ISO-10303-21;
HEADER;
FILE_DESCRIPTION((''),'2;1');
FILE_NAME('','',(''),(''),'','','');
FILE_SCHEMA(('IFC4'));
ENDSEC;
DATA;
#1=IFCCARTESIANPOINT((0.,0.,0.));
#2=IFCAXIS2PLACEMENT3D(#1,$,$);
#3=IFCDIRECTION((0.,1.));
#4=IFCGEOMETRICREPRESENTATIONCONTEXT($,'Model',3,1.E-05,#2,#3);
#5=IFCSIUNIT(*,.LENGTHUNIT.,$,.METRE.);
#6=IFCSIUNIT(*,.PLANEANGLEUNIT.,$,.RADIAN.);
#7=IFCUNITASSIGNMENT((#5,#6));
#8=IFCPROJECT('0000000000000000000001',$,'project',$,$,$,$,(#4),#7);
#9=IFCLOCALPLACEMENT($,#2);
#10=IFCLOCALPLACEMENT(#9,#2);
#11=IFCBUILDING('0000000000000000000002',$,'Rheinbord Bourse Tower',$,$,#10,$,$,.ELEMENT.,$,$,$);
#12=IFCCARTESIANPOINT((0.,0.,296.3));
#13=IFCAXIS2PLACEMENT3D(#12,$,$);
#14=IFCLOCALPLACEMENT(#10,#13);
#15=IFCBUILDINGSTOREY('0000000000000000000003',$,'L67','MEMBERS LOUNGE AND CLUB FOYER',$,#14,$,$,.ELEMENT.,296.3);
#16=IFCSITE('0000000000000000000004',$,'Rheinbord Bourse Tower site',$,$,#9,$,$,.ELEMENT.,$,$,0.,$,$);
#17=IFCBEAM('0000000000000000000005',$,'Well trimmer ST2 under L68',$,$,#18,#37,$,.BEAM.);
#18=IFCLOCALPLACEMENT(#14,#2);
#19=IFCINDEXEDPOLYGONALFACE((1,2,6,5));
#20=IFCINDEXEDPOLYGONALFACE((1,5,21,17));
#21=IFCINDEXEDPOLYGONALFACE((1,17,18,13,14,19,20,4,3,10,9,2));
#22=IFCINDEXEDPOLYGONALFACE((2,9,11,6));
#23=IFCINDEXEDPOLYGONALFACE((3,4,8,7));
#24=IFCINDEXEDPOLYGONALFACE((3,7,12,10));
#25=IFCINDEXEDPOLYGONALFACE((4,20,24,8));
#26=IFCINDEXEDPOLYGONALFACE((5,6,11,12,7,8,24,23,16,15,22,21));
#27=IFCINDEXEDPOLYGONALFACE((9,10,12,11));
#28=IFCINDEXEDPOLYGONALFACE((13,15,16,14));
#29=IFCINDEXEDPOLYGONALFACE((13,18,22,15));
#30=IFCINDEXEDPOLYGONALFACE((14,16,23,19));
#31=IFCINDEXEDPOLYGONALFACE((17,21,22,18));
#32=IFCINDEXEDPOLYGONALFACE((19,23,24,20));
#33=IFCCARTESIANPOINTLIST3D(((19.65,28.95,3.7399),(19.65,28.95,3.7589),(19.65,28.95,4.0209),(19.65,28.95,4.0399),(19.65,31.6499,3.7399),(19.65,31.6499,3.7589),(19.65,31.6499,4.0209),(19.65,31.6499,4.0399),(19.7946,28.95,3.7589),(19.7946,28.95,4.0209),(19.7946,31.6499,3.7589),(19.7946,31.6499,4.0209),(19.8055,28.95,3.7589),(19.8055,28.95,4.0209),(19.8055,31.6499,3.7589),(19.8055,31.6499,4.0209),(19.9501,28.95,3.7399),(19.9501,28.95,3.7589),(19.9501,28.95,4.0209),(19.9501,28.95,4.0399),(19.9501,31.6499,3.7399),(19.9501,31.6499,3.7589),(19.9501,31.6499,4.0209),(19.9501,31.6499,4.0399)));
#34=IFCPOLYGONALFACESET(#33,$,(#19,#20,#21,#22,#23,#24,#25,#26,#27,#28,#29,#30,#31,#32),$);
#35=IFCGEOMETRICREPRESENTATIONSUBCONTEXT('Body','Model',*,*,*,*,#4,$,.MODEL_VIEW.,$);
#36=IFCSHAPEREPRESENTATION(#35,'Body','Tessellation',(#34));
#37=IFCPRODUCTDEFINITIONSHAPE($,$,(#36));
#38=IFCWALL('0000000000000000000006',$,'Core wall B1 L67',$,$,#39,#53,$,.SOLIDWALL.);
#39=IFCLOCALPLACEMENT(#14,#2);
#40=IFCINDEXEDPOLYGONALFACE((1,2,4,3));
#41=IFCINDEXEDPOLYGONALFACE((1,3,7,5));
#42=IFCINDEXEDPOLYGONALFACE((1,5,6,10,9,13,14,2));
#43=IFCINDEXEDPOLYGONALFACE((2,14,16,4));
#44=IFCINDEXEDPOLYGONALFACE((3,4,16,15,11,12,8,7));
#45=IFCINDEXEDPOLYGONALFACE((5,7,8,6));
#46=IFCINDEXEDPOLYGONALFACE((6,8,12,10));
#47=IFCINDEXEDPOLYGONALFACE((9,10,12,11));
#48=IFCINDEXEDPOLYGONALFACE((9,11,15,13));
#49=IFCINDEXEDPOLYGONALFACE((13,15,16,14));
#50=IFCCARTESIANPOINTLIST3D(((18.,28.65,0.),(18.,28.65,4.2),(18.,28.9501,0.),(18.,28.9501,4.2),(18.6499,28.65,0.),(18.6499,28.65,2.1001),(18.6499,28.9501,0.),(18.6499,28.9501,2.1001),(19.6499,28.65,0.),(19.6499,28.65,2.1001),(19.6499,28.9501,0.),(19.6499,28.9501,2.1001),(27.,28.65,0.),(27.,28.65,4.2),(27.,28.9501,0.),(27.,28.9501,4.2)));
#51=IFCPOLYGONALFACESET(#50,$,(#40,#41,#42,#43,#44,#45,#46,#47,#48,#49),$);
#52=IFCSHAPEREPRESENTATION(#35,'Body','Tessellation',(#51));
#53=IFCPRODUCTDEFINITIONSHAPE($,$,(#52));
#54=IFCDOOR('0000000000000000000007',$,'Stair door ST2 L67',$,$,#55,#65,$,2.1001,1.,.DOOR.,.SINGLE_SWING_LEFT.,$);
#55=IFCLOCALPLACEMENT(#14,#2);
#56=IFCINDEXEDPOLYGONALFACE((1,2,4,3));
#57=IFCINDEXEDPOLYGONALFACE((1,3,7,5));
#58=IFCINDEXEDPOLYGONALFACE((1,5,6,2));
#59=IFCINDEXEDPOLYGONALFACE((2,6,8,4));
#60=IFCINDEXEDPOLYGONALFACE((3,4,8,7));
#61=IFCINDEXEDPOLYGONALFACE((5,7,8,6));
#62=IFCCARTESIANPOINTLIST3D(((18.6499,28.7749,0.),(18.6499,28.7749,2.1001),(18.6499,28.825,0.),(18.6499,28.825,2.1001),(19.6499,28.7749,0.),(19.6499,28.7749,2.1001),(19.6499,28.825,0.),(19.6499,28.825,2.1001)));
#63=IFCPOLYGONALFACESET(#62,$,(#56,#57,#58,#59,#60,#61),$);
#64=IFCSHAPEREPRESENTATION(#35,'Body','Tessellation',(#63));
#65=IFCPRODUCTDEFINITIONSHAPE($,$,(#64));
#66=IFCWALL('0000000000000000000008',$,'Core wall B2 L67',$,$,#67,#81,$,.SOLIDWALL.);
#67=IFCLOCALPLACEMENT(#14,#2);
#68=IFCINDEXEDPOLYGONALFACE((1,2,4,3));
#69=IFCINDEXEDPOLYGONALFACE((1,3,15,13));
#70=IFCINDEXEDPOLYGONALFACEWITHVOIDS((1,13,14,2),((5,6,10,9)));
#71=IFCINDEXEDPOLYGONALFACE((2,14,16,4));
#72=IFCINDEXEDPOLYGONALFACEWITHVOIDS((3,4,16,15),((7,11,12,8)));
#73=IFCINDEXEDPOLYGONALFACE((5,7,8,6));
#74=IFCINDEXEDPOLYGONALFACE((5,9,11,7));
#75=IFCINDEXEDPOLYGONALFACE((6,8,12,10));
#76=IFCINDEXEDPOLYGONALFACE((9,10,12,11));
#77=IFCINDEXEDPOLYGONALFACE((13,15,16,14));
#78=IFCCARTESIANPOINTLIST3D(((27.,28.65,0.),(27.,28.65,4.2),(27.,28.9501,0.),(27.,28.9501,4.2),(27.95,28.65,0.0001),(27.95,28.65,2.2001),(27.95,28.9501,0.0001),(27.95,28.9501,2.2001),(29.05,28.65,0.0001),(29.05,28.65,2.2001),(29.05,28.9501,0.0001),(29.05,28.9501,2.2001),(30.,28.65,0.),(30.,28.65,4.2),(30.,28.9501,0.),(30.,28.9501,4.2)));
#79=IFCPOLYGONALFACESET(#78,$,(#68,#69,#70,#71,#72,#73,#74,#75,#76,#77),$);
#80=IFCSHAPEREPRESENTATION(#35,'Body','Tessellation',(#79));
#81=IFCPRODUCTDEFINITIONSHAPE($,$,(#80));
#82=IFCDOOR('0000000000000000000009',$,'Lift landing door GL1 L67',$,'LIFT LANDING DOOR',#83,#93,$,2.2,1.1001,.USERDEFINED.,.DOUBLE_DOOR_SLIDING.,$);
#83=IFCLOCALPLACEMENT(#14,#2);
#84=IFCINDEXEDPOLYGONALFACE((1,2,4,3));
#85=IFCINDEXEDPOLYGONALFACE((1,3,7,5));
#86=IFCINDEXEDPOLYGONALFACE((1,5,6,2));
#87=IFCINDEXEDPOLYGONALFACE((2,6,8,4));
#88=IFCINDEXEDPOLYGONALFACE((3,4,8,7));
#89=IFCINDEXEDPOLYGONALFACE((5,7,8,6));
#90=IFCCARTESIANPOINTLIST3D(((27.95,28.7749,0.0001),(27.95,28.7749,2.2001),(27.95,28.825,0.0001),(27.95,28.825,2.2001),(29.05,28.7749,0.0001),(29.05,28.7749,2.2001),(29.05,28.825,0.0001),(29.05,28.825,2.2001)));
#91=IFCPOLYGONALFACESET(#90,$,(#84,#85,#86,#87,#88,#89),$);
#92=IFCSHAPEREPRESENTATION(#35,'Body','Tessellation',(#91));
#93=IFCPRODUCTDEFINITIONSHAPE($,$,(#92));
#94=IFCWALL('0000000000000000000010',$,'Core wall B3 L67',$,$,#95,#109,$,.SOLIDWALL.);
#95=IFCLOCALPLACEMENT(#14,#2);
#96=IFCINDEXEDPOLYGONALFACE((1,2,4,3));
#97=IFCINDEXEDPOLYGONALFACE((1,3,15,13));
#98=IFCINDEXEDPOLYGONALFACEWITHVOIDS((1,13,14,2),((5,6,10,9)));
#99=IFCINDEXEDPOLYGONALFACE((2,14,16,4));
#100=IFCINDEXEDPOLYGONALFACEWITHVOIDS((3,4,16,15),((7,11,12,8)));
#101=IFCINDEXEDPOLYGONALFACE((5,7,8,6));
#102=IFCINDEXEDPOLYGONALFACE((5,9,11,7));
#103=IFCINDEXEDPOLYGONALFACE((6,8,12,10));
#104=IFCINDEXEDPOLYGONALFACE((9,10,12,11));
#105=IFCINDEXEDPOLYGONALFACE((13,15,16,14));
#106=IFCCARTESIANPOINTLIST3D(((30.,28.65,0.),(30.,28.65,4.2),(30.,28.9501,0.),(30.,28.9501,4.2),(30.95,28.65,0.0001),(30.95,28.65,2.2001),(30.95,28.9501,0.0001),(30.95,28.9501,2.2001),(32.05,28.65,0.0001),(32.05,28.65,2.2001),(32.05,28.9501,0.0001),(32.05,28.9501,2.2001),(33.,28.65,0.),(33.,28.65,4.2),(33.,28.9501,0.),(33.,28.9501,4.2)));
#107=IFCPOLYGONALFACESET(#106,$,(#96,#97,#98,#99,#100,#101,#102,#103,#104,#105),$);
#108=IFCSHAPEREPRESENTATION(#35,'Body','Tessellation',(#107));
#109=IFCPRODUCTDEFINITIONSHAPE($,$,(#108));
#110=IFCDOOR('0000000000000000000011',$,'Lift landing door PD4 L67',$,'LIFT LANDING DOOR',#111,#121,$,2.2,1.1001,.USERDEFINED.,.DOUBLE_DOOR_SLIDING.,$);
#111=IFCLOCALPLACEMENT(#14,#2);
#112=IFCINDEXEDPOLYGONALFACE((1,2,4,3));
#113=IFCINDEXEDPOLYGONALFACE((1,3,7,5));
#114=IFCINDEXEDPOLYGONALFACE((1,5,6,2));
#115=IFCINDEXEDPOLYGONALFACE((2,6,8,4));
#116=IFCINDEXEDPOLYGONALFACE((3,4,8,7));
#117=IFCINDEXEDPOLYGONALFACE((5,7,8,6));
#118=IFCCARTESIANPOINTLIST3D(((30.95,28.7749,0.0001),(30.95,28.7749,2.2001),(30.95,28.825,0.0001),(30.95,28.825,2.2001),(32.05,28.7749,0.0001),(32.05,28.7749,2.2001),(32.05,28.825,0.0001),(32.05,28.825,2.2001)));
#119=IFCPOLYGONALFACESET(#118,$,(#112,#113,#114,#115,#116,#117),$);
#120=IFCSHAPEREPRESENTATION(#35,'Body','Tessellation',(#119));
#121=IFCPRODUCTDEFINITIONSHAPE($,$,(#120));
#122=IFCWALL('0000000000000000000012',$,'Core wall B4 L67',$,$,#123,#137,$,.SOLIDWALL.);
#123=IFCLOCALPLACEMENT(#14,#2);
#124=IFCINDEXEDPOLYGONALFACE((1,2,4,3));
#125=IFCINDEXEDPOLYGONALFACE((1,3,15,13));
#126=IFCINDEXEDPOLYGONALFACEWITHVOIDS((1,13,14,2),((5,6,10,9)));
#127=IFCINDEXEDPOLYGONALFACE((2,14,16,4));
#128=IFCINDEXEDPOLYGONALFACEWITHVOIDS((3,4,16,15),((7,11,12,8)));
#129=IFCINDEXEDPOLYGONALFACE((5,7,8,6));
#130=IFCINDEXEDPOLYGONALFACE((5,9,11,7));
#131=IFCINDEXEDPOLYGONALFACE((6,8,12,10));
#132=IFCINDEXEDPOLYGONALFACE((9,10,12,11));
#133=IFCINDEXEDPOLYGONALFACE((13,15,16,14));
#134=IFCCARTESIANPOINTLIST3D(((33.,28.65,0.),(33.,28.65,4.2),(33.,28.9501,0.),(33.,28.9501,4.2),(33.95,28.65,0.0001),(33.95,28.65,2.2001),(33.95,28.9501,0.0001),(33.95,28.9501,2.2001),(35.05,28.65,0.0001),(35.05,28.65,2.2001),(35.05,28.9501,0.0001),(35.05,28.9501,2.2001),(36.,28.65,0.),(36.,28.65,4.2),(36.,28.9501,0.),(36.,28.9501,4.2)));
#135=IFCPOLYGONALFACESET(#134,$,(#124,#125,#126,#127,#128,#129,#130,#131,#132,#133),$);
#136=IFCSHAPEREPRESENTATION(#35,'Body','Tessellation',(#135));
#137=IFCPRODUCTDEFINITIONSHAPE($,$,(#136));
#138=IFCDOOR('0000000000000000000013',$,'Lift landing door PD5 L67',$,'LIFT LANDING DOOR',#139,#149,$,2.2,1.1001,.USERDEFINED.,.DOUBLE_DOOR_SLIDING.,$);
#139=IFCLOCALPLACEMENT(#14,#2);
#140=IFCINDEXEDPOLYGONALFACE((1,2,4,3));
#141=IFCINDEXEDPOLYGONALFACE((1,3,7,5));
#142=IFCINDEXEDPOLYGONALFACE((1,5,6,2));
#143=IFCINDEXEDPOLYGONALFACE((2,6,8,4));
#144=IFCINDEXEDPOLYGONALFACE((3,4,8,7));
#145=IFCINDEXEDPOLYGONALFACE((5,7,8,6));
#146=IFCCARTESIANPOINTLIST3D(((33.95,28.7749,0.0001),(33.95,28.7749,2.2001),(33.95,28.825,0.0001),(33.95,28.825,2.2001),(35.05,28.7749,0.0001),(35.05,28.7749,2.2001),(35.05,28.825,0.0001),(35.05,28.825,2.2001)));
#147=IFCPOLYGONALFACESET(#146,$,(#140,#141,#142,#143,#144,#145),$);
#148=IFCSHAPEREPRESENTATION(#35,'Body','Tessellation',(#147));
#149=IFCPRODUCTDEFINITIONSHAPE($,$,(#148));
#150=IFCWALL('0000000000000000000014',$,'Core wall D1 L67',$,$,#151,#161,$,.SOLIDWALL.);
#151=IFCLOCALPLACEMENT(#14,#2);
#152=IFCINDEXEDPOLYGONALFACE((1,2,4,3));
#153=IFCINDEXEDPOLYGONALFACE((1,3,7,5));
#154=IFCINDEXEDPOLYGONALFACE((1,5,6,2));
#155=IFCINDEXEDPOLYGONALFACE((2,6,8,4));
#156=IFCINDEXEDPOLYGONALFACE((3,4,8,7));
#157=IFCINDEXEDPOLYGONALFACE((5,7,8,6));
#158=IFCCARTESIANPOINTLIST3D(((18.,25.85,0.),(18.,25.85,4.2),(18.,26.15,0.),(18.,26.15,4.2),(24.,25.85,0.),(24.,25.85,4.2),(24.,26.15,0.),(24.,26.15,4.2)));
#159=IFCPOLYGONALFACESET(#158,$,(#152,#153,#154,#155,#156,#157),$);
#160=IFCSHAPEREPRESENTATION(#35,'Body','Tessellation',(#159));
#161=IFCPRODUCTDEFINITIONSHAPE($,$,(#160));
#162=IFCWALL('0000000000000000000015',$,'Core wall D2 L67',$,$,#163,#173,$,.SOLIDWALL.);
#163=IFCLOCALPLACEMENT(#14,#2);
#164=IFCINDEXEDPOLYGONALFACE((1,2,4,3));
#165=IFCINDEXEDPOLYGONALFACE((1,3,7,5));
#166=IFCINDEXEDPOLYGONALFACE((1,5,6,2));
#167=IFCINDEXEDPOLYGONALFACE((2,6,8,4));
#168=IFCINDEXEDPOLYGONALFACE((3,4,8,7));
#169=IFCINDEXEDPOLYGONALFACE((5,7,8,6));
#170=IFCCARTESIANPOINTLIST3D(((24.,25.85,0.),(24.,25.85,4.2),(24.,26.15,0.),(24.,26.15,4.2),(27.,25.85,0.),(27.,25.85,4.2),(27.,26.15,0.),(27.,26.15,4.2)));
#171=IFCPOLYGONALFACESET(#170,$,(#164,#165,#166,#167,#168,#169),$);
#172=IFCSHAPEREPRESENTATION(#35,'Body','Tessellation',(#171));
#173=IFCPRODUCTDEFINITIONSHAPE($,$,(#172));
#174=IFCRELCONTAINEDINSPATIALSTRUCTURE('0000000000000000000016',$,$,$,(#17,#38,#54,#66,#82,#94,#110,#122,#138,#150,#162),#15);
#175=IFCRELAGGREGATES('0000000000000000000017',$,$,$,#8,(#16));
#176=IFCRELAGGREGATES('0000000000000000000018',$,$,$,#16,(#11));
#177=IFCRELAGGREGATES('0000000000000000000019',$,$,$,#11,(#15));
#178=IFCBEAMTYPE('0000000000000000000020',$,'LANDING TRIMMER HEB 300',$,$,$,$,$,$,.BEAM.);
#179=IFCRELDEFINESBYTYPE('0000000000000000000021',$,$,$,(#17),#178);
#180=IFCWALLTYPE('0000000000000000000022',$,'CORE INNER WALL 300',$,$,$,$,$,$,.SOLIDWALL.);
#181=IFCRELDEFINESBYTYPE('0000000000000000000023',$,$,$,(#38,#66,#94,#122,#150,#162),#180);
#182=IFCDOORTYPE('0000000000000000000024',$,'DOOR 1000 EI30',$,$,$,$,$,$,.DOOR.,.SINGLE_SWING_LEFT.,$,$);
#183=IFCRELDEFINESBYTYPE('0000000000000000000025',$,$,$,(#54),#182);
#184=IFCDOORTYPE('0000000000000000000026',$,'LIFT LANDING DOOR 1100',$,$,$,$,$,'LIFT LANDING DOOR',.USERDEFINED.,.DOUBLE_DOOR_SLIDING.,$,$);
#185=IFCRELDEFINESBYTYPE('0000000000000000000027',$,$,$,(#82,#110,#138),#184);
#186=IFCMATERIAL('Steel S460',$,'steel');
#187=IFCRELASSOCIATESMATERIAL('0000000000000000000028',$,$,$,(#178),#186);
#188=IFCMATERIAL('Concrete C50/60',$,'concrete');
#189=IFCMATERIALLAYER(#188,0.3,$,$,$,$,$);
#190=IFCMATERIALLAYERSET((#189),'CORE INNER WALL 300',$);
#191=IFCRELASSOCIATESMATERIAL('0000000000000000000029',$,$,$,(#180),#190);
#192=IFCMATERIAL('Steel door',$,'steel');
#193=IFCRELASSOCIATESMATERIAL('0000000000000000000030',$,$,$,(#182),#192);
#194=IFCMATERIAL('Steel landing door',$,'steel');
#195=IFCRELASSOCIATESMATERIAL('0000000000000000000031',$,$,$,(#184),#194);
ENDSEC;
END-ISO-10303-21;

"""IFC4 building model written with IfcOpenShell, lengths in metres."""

from ifc_helpers import new_model, si_unit, direction, frame, frame_2d, origin, origin_2d, place, context, subcontext, project, spatial, rectangle, i_section, extrude, material, layer, layer_set, material_profile, profile_set, type_object, element, fill, save


model = new_model("IFC4")

# Units and contexts
model_context = context("Model", 3, precision=1e-05, world=origin(), true_north=direction((0.0, 1.0)))
body_context = subcontext(model_context, "Body", "Model", "MODEL_VIEW")
ifc_project = project(units=[si_unit("LENGTHUNIT", "METRE"), si_unit("PLANEANGLEUNIT", "RADIAN")], contexts=[model_context])

# Site, building, storey
site_placement = place(None, origin())
site = spatial("IfcSite", under=ifc_project, at=site_placement, Name="Rheinbord Bourse Tower site", CompositionType="ELEMENT", RefElevation=0.0)
building_placement = place(site_placement, origin())
building = spatial("IfcBuilding", under=site, at=building_placement, Name="Rheinbord Bourse Tower", CompositionType="ELEMENT")
storey_placement = place(building_placement, frame((0.0, 0.0, 296.3)))
storey = spatial("IfcBuildingStorey", under=building, at=storey_placement, Name="L67", Description="MEMBERS LOUNGE AND CLUB FOYER", CompositionType="ELEMENT", Elevation=296.3)

# Beam
ifc_material_1 = material(Name="Steel S460", Category="steel")
ifc_material_profile = material_profile(ifc_material_1, i_section(OverallWidth=0.3, OverallDepth=0.3, WebThickness=0.011, FlangeThickness=0.019, at=origin_2d()), Name="HEB 300")
ifc_profile_set = profile_set([ifc_material_profile], Name="Steel S460")
beam_type = type_object("IfcBeamType", Name="LANDING TRIMMER HEB 300", PredefinedType="BEAM", material=ifc_profile_set)
beam_placement = place(storey_placement, frame((19.8, 28.95, 3.8899), z_axis=(0.0, 1.0, 0.0), x_axis=(-1.0, 0.0, 0.0)))
element("IfcBeam", 1, at=beam_placement, inside=storey, type_object=beam_type, Name="Well trimmer ST2 under L68", PredefinedType="BEAM", context=body_context, shape_type="SweptSolid", body=[
    extrude(i_section(OverallWidth=0.3, OverallDepth=0.3, WebThickness=0.011, FlangeThickness=0.019, at=origin_2d()), origin(), (0.0, 0.0, 1.0), 2.7),
])

# Walls, openings, doors
ifc_material_2 = material(Name="Concrete C50/60", Category="concrete")
ifc_layer_1 = layer(ifc_material_2, 0.3)
ifc_layer_set_1 = layer_set([ifc_layer_1], Name="CORE INNER WALL 300")
wall_type_1 = type_object("IfcWallType", Name="CORE INNER WALL 300", PredefinedType="SOLIDWALL", material=ifc_layer_set_1)
wall_1_placement = place(storey_placement, frame((18.0, 28.8, 0.0), z_axis=(0.0, 0.0, 1.0), x_axis=(1.0, 0.0, 0.0)))
wall_1 = element("IfcWall", 2, at=wall_1_placement, inside=storey, type_object=wall_type_1, Name="Core wall B1 L67", PredefinedType="SOLIDWALL", context=body_context, shape_type="SweptSolid", body=[
    extrude(rectangle(XDim=9.0, YDim=0.3, at=frame_2d((4.5, 0.0))), origin(), (0.0, 0.0, 1.0), 4.2),
])
opening_1_placement = place(wall_1_placement, frame((0.6499, 0.0, 0.0)))
opening_1 = element("IfcOpeningElement", 3, at=opening_1_placement, cuts=wall_1, PredefinedType="OPENING", context=body_context, shape_type="SweptSolid", body=[
    extrude(rectangle(XDim=1.0, YDim=2.1001, at=frame_2d((0.5, 1.05))), frame((0.0, 0.1599, 0.0), z_axis=(0.0, -1.0, 0.0), x_axis=(1.0, 0.0, 0.0)), (0.0, 0.0, 1.0), 0.3201),
])
ifc_material_3 = material(Name="Steel door", Category="steel")
door_type_1 = type_object("IfcDoorType", Name="DOOR 1000 EI30", OperationType="SINGLE_SWING_LEFT", PredefinedType="DOOR", material=ifc_material_3)
door_1_placement = place(opening_1_placement, origin())
door_1 = element("IfcDoor", 4, at=door_1_placement, inside=storey, type_object=door_type_1, Name="Stair door ST2 L67", OperationType="SINGLE_SWING_LEFT", OverallHeight=2.1001, OverallWidth=1.0, PredefinedType="DOOR", context=body_context, shape_type="SweptSolid", body=[
    extrude(rectangle(XDim=1.0, YDim=2.1001, at=frame_2d((0.5, 1.05))), frame((0.0, 0.0249, 0.0), z_axis=(0.0, -1.0, 0.0), x_axis=(1.0, 0.0, 0.0)), (0.0, 0.0, 1.0), 0.05),
])
fill(opening_1, door_1)
wall_2_placement = place(storey_placement, frame((27.0, 28.8, 0.0), z_axis=(0.0, 0.0, 1.0), x_axis=(1.0, 0.0, 0.0)))
wall_2 = element("IfcWall", 5, at=wall_2_placement, inside=storey, type_object=wall_type_1, Name="Core wall B2 L67", PredefinedType="SOLIDWALL", context=body_context, shape_type="SweptSolid", body=[
    extrude(rectangle(XDim=3.0, YDim=0.3, at=frame_2d((1.5, 0.0))), origin(), (0.0, 0.0, 1.0), 4.2),
])
opening_2_placement = place(wall_2_placement, frame((0.95, 0.0, 0.0)))
opening_2 = element("IfcOpeningElement", 6, at=opening_2_placement, cuts=wall_2, PredefinedType="OPENING", context=body_context, shape_type="SweptSolid", body=[
    extrude(rectangle(XDim=1.1001, YDim=2.2, at=frame_2d((0.55, 1.1001))), frame((0.0, 0.1599, 0.0), z_axis=(0.0, -1.0, 0.0), x_axis=(1.0, 0.0, 0.0)), (0.0, 0.0, 1.0), 0.3201),
])
ifc_material_4 = material(Name="Steel landing door", Category="steel")
door_type_2 = type_object("IfcDoorType", Name="LIFT LANDING DOOR 1100", ElementType="LIFT LANDING DOOR", OperationType="DOUBLE_DOOR_SLIDING", PredefinedType="USERDEFINED", material=ifc_material_4)
door_2_placement = place(opening_2_placement, origin())
door_2 = element("IfcDoor", 7, at=door_2_placement, inside=storey, type_object=door_type_2, Name="Lift landing door GL1 L67", ObjectType="LIFT LANDING DOOR", OperationType="DOUBLE_DOOR_SLIDING", OverallHeight=2.2, OverallWidth=1.1001, PredefinedType="USERDEFINED", context=body_context, shape_type="SweptSolid", body=[
    extrude(rectangle(XDim=1.1001, YDim=2.2, at=frame_2d((0.55, 1.1001))), frame((0.0, 0.0249, 0.0), z_axis=(0.0, -1.0, 0.0), x_axis=(1.0, 0.0, 0.0)), (0.0, 0.0, 1.0), 0.05),
])
fill(opening_2, door_2)
wall_3_placement = place(storey_placement, frame((30.0, 28.8, 0.0), z_axis=(0.0, 0.0, 1.0), x_axis=(1.0, 0.0, 0.0)))
wall_3 = element("IfcWall", 8, at=wall_3_placement, inside=storey, type_object=wall_type_1, Name="Core wall B3 L67", PredefinedType="SOLIDWALL", context=body_context, shape_type="SweptSolid", body=[
    extrude(rectangle(XDim=3.0, YDim=0.3, at=frame_2d((1.5, 0.0))), origin(), (0.0, 0.0, 1.0), 4.2),
])
opening_3_placement = place(wall_3_placement, frame((0.95, 0.0, 0.0)))
opening_3 = element("IfcOpeningElement", 9, at=opening_3_placement, cuts=wall_3, PredefinedType="OPENING", context=body_context, shape_type="SweptSolid", body=[
    extrude(rectangle(XDim=1.1001, YDim=2.2, at=frame_2d((0.55, 1.1001))), frame((0.0, 0.1599, 0.0), z_axis=(0.0, -1.0, 0.0), x_axis=(1.0, 0.0, 0.0)), (0.0, 0.0, 1.0), 0.3201),
])
door_3_placement = place(opening_3_placement, origin())
door_3 = element("IfcDoor", 10, at=door_3_placement, inside=storey, type_object=door_type_2, Name="Lift landing door PD4 L67", ObjectType="LIFT LANDING DOOR", OperationType="DOUBLE_DOOR_SLIDING", OverallHeight=2.2, OverallWidth=1.1001, PredefinedType="USERDEFINED", context=body_context, shape_type="SweptSolid", body=[
    extrude(rectangle(XDim=1.1001, YDim=2.2, at=frame_2d((0.55, 1.1001))), frame((0.0, 0.0249, 0.0), z_axis=(0.0, -1.0, 0.0), x_axis=(1.0, 0.0, 0.0)), (0.0, 0.0, 1.0), 0.05),
])
fill(opening_3, door_3)
wall_4_placement = place(storey_placement, frame((33.0, 28.8, 0.0), z_axis=(0.0, 0.0, 1.0), x_axis=(1.0, 0.0, 0.0)))
wall_4 = element("IfcWall", 11, at=wall_4_placement, inside=storey, type_object=wall_type_1, Name="Core wall B4 L67", PredefinedType="SOLIDWALL", context=body_context, shape_type="SweptSolid", body=[
    extrude(rectangle(XDim=3.0, YDim=0.3, at=frame_2d((1.5, 0.0))), origin(), (0.0, 0.0, 1.0), 4.2),
])
opening_4_placement = place(wall_4_placement, frame((0.95, 0.0, 0.0)))
opening_4 = element("IfcOpeningElement", 12, at=opening_4_placement, cuts=wall_4, PredefinedType="OPENING", context=body_context, shape_type="SweptSolid", body=[
    extrude(rectangle(XDim=1.1001, YDim=2.2, at=frame_2d((0.55, 1.1001))), frame((0.0, 0.1599, 0.0), z_axis=(0.0, -1.0, 0.0), x_axis=(1.0, 0.0, 0.0)), (0.0, 0.0, 1.0), 0.3201),
])
door_4_placement = place(opening_4_placement, origin())
door_4 = element("IfcDoor", 13, at=door_4_placement, inside=storey, type_object=door_type_2, Name="Lift landing door PD5 L67", ObjectType="LIFT LANDING DOOR", OperationType="DOUBLE_DOOR_SLIDING", OverallHeight=2.2, OverallWidth=1.1001, PredefinedType="USERDEFINED", context=body_context, shape_type="SweptSolid", body=[
    extrude(rectangle(XDim=1.1001, YDim=2.2, at=frame_2d((0.55, 1.1001))), frame((0.0, 0.0249, 0.0), z_axis=(0.0, -1.0, 0.0), x_axis=(1.0, 0.0, 0.0)), (0.0, 0.0, 1.0), 0.05),
])
fill(opening_4, door_4)

# Walls
wall_5_placement = place(storey_placement, frame((18.0, 26.0, 0.0), z_axis=(0.0, 0.0, 1.0), x_axis=(1.0, 0.0, 0.0)))
element("IfcWall", 14, at=wall_5_placement, inside=storey, type_object=wall_type_1, Name="Core wall D1 L67", PredefinedType="SOLIDWALL", context=body_context, shape_type="SweptSolid", body=[
    extrude(rectangle(XDim=6.0, YDim=0.3, at=frame_2d((3.0, 0.0))), origin(), (0.0, 0.0, 1.0), 4.2),
])
wall_6_placement = place(storey_placement, frame((24.0, 26.0, 0.0), z_axis=(0.0, 0.0, 1.0), x_axis=(1.0, 0.0, 0.0)))
element("IfcWall", 15, at=wall_6_placement, inside=storey, type_object=wall_type_1, Name="Core wall D2 L67", PredefinedType="SOLIDWALL", context=body_context, shape_type="SweptSolid", body=[
    extrude(rectangle(XDim=3.0, YDim=0.3, at=frame_2d((1.5, 0.0))), origin(), (0.0, 0.0, 1.0), 4.2),
])

save(model, "model.ifc")
